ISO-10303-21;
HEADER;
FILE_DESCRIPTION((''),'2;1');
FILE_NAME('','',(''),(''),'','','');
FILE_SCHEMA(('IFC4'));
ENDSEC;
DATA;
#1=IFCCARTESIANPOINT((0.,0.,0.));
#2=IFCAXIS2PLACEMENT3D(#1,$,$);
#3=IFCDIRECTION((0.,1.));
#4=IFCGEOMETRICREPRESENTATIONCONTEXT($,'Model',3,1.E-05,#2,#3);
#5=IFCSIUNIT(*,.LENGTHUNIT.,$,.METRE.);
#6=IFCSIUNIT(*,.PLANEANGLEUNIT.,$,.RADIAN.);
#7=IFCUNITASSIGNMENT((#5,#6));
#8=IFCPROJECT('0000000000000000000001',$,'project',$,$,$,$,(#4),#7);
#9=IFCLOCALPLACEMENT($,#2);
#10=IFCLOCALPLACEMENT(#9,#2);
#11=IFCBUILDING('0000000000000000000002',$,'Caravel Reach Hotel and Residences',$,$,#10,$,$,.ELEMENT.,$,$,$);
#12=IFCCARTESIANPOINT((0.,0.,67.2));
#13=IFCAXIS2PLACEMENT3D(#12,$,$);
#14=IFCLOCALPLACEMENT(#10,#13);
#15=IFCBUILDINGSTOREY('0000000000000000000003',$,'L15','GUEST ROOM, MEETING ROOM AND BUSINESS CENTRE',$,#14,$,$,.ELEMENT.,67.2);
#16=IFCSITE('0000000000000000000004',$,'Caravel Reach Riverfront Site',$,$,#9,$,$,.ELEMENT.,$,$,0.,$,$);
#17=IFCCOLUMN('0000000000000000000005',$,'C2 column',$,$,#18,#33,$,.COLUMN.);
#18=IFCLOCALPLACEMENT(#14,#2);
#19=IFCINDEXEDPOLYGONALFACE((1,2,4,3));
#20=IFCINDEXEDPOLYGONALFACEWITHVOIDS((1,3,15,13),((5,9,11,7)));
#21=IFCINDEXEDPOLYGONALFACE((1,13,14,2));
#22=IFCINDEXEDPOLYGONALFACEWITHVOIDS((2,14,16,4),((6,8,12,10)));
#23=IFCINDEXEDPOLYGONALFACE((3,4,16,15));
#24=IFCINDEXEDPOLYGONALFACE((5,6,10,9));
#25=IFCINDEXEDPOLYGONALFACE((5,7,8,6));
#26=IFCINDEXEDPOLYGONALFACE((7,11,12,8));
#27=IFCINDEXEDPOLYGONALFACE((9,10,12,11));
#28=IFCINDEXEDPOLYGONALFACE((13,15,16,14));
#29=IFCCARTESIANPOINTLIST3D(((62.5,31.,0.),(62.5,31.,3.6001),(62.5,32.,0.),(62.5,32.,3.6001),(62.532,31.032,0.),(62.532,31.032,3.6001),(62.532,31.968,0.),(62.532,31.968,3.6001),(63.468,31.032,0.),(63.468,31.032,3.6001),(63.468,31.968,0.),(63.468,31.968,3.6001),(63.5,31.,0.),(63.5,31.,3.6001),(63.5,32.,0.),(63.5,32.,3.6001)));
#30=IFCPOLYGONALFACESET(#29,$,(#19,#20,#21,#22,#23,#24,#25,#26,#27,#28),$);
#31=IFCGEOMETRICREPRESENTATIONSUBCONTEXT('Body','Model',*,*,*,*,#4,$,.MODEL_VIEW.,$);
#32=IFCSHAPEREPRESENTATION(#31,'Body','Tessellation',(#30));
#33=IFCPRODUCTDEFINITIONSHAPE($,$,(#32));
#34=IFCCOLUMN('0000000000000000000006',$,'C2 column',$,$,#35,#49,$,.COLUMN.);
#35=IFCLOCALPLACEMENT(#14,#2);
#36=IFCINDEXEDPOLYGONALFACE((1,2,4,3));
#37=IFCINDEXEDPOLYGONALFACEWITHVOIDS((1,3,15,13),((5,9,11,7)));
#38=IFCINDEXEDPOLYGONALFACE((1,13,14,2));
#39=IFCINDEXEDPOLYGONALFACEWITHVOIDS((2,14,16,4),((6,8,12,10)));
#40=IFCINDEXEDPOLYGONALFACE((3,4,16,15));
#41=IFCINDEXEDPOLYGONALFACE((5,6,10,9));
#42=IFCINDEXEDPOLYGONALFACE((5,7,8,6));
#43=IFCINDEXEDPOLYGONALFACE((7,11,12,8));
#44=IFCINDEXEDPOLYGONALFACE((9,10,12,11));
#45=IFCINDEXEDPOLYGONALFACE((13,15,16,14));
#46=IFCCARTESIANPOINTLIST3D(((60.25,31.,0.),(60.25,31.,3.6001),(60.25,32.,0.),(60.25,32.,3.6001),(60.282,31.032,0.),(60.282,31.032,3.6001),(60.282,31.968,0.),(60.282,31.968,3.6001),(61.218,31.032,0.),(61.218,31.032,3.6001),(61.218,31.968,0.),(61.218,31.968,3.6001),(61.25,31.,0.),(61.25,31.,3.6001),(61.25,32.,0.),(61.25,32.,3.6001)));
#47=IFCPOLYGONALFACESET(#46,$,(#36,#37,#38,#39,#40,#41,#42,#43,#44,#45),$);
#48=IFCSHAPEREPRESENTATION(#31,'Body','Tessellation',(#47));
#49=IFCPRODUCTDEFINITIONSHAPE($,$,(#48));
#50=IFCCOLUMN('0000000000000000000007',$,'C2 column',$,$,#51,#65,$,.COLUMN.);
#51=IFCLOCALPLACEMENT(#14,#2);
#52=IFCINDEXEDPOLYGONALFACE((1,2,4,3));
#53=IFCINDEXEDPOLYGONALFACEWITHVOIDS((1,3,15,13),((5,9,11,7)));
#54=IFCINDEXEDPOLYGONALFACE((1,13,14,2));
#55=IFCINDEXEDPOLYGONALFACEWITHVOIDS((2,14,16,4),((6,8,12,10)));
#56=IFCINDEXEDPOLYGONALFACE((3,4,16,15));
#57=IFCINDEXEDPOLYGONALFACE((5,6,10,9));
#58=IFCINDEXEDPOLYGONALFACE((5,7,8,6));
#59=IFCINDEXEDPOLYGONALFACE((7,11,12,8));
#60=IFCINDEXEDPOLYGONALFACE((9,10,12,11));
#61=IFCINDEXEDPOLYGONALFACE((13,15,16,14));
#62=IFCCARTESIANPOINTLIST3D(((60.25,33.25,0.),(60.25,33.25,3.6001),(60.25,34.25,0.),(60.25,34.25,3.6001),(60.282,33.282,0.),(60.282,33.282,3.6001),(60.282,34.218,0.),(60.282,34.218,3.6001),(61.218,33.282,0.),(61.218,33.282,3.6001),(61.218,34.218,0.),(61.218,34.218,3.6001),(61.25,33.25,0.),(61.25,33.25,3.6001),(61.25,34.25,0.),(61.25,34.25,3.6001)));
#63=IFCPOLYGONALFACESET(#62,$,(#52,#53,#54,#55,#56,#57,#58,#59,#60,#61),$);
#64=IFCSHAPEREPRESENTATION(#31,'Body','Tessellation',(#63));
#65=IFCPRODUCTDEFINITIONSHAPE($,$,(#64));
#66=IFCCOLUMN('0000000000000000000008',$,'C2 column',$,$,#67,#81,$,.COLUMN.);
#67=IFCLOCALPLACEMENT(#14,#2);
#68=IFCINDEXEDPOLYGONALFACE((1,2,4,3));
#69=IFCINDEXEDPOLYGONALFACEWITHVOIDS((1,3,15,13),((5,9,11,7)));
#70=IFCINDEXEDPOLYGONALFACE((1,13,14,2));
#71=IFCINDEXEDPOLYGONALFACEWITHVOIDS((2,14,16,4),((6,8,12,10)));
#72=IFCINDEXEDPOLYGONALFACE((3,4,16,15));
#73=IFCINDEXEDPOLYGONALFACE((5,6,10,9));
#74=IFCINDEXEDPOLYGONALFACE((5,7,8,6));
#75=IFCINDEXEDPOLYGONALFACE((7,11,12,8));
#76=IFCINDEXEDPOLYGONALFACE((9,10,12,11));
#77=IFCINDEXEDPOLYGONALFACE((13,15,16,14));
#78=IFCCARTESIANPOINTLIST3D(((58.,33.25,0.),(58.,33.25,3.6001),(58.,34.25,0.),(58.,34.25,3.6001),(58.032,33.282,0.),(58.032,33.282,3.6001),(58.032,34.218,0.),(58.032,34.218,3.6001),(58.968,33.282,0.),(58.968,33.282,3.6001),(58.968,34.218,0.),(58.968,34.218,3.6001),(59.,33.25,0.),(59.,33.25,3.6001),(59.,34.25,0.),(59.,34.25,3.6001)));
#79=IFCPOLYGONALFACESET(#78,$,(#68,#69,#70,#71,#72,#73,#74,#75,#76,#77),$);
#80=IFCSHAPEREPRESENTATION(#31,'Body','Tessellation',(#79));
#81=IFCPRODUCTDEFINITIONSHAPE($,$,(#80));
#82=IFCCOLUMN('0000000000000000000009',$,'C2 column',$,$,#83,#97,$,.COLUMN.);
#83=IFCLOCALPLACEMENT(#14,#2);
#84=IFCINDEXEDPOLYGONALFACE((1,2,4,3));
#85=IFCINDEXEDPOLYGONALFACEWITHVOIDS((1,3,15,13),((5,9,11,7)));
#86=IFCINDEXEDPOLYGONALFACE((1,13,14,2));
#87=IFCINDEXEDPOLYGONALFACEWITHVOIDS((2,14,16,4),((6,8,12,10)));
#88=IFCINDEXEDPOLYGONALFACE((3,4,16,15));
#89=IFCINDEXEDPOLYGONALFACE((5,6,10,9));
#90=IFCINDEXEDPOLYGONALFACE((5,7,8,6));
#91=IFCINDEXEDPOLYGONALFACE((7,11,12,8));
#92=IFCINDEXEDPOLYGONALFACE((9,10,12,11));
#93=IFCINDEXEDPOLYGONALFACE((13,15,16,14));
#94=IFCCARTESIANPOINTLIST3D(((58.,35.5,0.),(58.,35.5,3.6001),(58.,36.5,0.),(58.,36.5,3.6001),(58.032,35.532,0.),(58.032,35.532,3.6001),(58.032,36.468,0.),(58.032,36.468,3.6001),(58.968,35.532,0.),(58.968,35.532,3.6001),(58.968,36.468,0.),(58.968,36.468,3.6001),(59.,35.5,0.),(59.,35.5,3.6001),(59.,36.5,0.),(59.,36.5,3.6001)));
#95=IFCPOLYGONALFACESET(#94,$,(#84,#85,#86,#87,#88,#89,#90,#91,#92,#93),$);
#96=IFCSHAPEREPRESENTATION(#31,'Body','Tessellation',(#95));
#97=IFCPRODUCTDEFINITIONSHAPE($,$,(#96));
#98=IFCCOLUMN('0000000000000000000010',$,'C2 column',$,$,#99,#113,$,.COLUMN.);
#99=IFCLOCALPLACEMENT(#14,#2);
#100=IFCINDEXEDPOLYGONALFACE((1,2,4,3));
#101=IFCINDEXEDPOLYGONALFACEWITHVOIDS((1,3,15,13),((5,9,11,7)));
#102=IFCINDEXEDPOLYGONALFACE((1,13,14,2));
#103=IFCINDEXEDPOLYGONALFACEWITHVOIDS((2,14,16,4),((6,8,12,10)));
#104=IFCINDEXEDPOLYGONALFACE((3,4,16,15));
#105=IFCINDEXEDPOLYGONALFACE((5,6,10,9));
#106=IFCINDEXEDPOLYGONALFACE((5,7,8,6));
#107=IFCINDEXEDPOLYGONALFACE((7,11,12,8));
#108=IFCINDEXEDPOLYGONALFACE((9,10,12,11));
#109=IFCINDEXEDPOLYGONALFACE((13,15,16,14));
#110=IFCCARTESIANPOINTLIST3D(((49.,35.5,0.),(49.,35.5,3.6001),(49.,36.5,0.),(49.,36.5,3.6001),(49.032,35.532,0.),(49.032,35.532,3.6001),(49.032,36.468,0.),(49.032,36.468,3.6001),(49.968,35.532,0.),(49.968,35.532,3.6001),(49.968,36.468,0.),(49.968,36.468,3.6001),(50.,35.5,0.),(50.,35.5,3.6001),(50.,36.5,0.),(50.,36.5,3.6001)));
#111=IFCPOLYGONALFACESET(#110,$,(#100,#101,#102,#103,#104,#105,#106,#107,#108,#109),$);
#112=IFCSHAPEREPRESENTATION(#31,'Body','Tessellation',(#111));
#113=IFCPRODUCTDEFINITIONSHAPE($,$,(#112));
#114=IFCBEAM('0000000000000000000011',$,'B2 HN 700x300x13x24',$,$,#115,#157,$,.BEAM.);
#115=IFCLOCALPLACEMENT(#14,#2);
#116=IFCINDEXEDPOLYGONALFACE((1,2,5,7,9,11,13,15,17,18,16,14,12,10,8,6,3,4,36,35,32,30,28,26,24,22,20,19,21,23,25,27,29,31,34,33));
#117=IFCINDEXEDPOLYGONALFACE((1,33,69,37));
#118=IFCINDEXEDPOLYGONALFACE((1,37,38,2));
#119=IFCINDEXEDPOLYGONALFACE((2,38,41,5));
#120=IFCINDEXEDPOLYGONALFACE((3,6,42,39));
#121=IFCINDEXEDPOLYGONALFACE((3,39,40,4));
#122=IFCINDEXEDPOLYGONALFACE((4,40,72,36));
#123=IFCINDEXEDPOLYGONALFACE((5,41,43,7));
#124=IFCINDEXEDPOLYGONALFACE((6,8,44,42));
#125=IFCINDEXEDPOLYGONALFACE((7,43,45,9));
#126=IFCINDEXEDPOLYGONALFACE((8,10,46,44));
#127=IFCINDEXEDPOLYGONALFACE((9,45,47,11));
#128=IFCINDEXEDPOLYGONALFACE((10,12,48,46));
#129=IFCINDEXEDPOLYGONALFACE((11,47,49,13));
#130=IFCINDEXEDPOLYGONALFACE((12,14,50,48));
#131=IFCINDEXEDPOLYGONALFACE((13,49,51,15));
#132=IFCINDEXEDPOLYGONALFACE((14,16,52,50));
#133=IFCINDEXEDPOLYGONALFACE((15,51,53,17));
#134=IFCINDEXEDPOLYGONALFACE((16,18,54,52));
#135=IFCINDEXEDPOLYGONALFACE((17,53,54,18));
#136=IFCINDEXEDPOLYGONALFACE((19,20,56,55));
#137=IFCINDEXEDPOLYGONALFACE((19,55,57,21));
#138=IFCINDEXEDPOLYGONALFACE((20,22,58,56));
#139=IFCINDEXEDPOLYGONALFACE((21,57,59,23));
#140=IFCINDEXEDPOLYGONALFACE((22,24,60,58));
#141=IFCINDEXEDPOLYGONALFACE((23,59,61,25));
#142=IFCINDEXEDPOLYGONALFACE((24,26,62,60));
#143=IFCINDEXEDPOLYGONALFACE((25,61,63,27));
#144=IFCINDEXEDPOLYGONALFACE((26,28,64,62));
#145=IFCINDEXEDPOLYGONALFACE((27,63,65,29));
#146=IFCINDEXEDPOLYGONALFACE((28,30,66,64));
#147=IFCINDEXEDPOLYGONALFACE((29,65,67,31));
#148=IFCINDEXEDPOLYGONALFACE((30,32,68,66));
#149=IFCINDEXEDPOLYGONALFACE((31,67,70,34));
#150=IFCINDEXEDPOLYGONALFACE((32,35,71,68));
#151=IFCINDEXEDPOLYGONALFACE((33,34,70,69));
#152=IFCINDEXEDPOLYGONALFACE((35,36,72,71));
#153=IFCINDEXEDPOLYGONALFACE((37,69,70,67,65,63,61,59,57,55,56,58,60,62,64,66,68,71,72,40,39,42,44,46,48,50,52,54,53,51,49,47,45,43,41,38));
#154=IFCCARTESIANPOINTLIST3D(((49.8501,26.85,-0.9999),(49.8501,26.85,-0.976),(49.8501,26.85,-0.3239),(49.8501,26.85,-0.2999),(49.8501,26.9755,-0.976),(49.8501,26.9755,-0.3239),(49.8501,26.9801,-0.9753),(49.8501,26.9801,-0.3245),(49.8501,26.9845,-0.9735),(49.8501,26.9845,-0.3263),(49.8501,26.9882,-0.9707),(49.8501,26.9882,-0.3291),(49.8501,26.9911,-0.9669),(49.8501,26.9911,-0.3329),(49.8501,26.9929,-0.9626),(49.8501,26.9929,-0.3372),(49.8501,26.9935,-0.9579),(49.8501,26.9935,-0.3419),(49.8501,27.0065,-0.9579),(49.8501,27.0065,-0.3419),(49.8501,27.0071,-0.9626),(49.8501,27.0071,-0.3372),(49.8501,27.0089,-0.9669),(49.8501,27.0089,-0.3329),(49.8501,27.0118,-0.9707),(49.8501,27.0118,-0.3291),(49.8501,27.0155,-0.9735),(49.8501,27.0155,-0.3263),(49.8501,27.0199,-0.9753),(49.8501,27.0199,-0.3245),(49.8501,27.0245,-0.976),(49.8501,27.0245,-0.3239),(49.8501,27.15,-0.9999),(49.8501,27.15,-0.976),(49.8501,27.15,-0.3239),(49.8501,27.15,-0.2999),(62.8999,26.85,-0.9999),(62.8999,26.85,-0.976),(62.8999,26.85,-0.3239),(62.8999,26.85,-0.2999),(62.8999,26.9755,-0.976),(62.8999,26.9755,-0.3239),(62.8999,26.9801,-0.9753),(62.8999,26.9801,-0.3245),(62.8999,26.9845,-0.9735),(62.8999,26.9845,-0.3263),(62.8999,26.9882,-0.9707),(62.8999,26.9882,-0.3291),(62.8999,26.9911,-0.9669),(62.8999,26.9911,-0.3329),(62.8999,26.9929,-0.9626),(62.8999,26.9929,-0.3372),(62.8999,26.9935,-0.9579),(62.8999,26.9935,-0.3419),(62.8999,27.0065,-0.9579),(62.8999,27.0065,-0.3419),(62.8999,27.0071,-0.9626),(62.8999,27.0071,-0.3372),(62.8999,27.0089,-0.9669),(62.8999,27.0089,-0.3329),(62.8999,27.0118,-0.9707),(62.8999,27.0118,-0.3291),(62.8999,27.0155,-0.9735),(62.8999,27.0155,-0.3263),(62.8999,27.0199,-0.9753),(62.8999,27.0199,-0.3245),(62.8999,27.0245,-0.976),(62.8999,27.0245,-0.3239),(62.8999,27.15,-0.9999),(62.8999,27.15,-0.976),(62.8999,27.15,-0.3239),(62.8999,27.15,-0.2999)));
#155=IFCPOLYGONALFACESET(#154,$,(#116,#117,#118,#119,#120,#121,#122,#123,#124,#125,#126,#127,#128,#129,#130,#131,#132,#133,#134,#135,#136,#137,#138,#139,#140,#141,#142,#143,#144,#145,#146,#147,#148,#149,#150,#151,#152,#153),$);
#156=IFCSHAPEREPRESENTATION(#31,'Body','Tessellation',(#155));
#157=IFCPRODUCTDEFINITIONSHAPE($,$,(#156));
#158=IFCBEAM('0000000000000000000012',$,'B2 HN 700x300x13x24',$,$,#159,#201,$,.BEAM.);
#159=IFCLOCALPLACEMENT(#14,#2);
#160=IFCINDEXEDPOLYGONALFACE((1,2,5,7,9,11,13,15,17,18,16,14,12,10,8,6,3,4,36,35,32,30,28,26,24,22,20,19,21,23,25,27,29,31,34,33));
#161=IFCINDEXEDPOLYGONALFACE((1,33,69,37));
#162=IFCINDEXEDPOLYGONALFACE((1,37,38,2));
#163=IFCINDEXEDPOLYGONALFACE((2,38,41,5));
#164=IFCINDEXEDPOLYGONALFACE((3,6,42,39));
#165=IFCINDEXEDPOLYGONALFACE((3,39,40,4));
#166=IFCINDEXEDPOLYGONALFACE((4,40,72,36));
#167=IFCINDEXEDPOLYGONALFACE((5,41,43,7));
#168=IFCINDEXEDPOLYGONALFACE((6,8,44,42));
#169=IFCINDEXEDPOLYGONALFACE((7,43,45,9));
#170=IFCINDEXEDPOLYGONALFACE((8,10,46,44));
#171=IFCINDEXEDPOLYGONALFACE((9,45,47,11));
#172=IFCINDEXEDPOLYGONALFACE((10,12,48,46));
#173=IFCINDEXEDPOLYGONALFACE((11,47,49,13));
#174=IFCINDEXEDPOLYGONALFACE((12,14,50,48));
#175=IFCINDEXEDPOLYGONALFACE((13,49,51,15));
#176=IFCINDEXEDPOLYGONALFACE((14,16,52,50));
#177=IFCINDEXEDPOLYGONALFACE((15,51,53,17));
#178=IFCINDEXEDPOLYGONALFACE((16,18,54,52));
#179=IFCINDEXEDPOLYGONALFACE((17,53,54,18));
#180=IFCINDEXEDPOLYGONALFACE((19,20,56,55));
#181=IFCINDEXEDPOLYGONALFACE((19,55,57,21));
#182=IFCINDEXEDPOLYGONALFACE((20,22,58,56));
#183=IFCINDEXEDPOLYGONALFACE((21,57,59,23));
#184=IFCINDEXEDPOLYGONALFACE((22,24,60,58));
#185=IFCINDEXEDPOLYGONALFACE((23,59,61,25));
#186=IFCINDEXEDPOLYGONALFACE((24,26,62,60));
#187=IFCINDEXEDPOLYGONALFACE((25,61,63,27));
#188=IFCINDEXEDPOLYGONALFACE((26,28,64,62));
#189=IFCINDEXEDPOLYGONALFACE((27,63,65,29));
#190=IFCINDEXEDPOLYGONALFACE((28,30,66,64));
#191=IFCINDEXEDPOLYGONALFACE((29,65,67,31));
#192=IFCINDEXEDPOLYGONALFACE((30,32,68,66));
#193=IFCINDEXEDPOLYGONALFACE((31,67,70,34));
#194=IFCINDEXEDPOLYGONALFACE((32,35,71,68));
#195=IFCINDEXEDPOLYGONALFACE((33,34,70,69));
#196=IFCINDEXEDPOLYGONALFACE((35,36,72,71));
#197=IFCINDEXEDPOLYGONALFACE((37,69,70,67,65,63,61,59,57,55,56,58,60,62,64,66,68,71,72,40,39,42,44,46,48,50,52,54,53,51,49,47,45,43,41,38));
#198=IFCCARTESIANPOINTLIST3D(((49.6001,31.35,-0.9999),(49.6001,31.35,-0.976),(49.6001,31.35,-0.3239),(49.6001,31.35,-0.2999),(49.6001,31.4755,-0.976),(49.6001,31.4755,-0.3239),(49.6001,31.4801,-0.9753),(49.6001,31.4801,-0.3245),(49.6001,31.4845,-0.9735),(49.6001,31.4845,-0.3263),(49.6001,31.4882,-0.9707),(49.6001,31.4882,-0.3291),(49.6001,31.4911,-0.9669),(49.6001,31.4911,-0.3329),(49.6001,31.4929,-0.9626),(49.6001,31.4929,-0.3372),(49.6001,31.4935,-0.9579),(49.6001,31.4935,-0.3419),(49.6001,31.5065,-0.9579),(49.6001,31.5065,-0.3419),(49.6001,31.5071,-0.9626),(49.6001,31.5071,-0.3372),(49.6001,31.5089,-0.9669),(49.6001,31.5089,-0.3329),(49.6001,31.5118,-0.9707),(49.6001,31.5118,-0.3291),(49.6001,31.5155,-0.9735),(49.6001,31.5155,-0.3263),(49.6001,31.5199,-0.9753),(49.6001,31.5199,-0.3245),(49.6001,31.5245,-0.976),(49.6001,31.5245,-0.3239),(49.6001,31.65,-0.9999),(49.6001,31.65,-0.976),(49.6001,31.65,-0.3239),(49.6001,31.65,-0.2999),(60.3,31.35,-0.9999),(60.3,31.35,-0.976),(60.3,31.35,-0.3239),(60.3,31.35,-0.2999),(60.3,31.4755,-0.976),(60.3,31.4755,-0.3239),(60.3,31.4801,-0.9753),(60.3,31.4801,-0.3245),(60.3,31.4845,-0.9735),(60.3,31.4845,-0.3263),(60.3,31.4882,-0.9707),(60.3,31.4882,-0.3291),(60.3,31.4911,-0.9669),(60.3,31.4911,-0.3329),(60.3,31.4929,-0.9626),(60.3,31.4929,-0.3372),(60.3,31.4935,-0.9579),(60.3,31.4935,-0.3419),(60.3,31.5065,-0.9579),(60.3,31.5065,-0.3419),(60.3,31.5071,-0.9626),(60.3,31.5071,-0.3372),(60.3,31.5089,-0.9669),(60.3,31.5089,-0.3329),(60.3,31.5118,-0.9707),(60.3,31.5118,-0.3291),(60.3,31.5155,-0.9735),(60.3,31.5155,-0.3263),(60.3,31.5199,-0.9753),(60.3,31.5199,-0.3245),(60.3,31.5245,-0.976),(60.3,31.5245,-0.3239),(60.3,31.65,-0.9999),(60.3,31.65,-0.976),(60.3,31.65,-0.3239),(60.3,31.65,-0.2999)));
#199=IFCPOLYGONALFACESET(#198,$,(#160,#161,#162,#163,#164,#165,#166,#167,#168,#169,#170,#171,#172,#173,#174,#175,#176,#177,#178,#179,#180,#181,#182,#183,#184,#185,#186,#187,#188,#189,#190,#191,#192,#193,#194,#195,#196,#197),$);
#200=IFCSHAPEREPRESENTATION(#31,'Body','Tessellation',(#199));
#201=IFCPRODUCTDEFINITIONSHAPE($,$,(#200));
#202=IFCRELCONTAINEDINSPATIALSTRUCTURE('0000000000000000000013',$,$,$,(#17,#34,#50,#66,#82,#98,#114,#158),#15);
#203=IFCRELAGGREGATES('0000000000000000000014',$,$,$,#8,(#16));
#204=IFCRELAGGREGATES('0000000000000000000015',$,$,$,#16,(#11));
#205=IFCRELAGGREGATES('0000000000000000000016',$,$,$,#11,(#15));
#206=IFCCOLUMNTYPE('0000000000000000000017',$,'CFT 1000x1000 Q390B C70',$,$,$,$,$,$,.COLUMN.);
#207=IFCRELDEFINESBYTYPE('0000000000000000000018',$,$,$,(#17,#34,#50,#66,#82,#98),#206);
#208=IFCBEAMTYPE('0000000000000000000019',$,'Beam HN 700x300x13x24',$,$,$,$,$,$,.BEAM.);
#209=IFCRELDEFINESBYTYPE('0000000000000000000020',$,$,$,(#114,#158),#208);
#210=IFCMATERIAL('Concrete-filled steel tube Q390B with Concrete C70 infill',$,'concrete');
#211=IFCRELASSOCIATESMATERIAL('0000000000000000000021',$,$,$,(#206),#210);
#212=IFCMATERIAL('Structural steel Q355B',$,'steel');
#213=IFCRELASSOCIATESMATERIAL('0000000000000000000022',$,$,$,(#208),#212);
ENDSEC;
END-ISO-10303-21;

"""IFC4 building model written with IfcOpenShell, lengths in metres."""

from ifc_helpers import new_model, si_unit, direction, frame, origin, origin_2d, place, context, subcontext, project, spatial, hollow_rectangle, i_section, extrude, material, material_profile, profile_set, type_object, element, save


model = new_model("IFC4")

# Units and contexts
model_context = context("Model", 3, precision=1e-05, world=origin(), true_north=direction((0.0, 1.0)))
body_context = subcontext(model_context, "Body", "Model", "MODEL_VIEW")
ifc_project = project(units=[si_unit("LENGTHUNIT", "METRE"), si_unit("PLANEANGLEUNIT", "RADIAN")], contexts=[model_context])

# Site, building, storey
site_placement = place(None, origin())
site = spatial("IfcSite", under=ifc_project, at=site_placement, Name="Caravel Reach Riverfront Site", CompositionType="ELEMENT", RefElevation=0.0)
building_placement = place(site_placement, origin())
building = spatial("IfcBuilding", under=site, at=building_placement, Name="Caravel Reach Hotel and Residences", CompositionType="ELEMENT")
storey_placement = place(building_placement, frame((0.0, 0.0, 67.2)))
storey = spatial("IfcBuildingStorey", under=building, at=storey_placement, Name="L15", Description="GUEST ROOM, MEETING ROOM AND BUSINESS CENTRE", CompositionType="ELEMENT", Elevation=67.2)

# Columns
ifc_material_1 = material(Name="Concrete-filled steel tube Q390B with Concrete C70 infill", Category="concrete")
ifc_material_profile_1 = material_profile(ifc_material_1, hollow_rectangle(XDim=1.0, YDim=1.0, WallThickness=0.032, at=origin_2d()), Name="RHS 1000x1000x32")
ifc_profile_set_1 = profile_set([ifc_material_profile_1], Name="Concrete-filled steel tube Q390B with Concrete C70 infill")
column_type = type_object("IfcColumnType", Name="CFT 1000x1000 Q390B C70", PredefinedType="COLUMN", material=ifc_profile_set_1)
for number, where, z_axis, x_axis, name in (
    (1, (63.0, 31.5, 0.0), (0.0, 0.0, 1.0), (1.0, 0.0, 0.0), "C2 column"),
    (2, (60.75, 31.5, 0.0), (0.0, 0.0, 1.0), (1.0, 0.0, 0.0), "C2 column"),
    (3, (60.75, 33.75, 0.0), (0.0, 0.0, 1.0), (1.0, 0.0, 0.0), "C2 column"),
    (4, (58.5, 33.75, 0.0), (0.0, 0.0, 1.0), (1.0, 0.0, 0.0), "C2 column"),
    (5, (58.5, 36.0, 0.0), (0.0, 0.0, 1.0), (1.0, 0.0, 0.0), "C2 column"),
    (6, (49.5, 36.0, 0.0), (0.0, 0.0, 1.0), (1.0, 0.0, 0.0), "C2 column"),
):
    element("IfcColumn", number, at=place(storey_placement, frame(where, z_axis=z_axis, x_axis=x_axis)), inside=storey, type_object=column_type, Name=name, PredefinedType="COLUMN", context=body_context, shape_type="SweptSolid", body=[
        extrude(hollow_rectangle(XDim=1.0, YDim=1.0, WallThickness=0.032, at=origin_2d()), origin(), (0.0, 0.0, 1.0), 3.6001),
    ])

# Beams
ifc_material_2 = material(Name="Structural steel Q355B", Category="steel")
ifc_material_profile_2 = material_profile(ifc_material_2, i_section(OverallWidth=0.3, OverallDepth=0.7, WebThickness=0.0129, FlangeThickness=0.0239, FilletRadius=0.0181, at=origin_2d()), Name="HN 700x300x13x24")
ifc_profile_set_2 = profile_set([ifc_material_profile_2], Name="Structural steel Q355B")
beam_type_1 = type_object("IfcBeamType", Name="Beam HN 700x300x13x24", PredefinedType="BEAM", material=ifc_profile_set_2)
beam_1_placement = place(storey_placement, frame((49.8501, 27.0, -0.6499), z_axis=(1.0, 0.0, 0.0), x_axis=(0.0, 1.0, 0.0)))
element("IfcBeam", 7, at=beam_1_placement, inside=storey, type_object=beam_type_1, Name="B2 HN 700x300x13x24", PredefinedType="BEAM", context=body_context, shape_type="SweptSolid", body=[
    extrude(i_section(OverallWidth=0.3, OverallDepth=0.7, WebThickness=0.0129, FlangeThickness=0.0239, FilletRadius=0.0181, at=origin_2d()), origin(), (0.0, 0.0, 1.0), 13.0498),
])
beam_2_placement = place(storey_placement, frame((49.6001, 31.5, -0.6499), z_axis=(1.0, 0.0, 0.0), x_axis=(0.0, 1.0, 0.0)))
element("IfcBeam", 8, at=beam_2_placement, inside=storey, type_object=beam_type_1, Name="B2 HN 700x300x13x24", PredefinedType="BEAM", context=body_context, shape_type="SweptSolid", body=[
    extrude(i_section(OverallWidth=0.3, OverallDepth=0.7, WebThickness=0.0129, FlangeThickness=0.0239, FilletRadius=0.0181, at=origin_2d()), origin(), (0.0, 0.0, 1.0), 10.7),
])

save(model, "model.ifc")
